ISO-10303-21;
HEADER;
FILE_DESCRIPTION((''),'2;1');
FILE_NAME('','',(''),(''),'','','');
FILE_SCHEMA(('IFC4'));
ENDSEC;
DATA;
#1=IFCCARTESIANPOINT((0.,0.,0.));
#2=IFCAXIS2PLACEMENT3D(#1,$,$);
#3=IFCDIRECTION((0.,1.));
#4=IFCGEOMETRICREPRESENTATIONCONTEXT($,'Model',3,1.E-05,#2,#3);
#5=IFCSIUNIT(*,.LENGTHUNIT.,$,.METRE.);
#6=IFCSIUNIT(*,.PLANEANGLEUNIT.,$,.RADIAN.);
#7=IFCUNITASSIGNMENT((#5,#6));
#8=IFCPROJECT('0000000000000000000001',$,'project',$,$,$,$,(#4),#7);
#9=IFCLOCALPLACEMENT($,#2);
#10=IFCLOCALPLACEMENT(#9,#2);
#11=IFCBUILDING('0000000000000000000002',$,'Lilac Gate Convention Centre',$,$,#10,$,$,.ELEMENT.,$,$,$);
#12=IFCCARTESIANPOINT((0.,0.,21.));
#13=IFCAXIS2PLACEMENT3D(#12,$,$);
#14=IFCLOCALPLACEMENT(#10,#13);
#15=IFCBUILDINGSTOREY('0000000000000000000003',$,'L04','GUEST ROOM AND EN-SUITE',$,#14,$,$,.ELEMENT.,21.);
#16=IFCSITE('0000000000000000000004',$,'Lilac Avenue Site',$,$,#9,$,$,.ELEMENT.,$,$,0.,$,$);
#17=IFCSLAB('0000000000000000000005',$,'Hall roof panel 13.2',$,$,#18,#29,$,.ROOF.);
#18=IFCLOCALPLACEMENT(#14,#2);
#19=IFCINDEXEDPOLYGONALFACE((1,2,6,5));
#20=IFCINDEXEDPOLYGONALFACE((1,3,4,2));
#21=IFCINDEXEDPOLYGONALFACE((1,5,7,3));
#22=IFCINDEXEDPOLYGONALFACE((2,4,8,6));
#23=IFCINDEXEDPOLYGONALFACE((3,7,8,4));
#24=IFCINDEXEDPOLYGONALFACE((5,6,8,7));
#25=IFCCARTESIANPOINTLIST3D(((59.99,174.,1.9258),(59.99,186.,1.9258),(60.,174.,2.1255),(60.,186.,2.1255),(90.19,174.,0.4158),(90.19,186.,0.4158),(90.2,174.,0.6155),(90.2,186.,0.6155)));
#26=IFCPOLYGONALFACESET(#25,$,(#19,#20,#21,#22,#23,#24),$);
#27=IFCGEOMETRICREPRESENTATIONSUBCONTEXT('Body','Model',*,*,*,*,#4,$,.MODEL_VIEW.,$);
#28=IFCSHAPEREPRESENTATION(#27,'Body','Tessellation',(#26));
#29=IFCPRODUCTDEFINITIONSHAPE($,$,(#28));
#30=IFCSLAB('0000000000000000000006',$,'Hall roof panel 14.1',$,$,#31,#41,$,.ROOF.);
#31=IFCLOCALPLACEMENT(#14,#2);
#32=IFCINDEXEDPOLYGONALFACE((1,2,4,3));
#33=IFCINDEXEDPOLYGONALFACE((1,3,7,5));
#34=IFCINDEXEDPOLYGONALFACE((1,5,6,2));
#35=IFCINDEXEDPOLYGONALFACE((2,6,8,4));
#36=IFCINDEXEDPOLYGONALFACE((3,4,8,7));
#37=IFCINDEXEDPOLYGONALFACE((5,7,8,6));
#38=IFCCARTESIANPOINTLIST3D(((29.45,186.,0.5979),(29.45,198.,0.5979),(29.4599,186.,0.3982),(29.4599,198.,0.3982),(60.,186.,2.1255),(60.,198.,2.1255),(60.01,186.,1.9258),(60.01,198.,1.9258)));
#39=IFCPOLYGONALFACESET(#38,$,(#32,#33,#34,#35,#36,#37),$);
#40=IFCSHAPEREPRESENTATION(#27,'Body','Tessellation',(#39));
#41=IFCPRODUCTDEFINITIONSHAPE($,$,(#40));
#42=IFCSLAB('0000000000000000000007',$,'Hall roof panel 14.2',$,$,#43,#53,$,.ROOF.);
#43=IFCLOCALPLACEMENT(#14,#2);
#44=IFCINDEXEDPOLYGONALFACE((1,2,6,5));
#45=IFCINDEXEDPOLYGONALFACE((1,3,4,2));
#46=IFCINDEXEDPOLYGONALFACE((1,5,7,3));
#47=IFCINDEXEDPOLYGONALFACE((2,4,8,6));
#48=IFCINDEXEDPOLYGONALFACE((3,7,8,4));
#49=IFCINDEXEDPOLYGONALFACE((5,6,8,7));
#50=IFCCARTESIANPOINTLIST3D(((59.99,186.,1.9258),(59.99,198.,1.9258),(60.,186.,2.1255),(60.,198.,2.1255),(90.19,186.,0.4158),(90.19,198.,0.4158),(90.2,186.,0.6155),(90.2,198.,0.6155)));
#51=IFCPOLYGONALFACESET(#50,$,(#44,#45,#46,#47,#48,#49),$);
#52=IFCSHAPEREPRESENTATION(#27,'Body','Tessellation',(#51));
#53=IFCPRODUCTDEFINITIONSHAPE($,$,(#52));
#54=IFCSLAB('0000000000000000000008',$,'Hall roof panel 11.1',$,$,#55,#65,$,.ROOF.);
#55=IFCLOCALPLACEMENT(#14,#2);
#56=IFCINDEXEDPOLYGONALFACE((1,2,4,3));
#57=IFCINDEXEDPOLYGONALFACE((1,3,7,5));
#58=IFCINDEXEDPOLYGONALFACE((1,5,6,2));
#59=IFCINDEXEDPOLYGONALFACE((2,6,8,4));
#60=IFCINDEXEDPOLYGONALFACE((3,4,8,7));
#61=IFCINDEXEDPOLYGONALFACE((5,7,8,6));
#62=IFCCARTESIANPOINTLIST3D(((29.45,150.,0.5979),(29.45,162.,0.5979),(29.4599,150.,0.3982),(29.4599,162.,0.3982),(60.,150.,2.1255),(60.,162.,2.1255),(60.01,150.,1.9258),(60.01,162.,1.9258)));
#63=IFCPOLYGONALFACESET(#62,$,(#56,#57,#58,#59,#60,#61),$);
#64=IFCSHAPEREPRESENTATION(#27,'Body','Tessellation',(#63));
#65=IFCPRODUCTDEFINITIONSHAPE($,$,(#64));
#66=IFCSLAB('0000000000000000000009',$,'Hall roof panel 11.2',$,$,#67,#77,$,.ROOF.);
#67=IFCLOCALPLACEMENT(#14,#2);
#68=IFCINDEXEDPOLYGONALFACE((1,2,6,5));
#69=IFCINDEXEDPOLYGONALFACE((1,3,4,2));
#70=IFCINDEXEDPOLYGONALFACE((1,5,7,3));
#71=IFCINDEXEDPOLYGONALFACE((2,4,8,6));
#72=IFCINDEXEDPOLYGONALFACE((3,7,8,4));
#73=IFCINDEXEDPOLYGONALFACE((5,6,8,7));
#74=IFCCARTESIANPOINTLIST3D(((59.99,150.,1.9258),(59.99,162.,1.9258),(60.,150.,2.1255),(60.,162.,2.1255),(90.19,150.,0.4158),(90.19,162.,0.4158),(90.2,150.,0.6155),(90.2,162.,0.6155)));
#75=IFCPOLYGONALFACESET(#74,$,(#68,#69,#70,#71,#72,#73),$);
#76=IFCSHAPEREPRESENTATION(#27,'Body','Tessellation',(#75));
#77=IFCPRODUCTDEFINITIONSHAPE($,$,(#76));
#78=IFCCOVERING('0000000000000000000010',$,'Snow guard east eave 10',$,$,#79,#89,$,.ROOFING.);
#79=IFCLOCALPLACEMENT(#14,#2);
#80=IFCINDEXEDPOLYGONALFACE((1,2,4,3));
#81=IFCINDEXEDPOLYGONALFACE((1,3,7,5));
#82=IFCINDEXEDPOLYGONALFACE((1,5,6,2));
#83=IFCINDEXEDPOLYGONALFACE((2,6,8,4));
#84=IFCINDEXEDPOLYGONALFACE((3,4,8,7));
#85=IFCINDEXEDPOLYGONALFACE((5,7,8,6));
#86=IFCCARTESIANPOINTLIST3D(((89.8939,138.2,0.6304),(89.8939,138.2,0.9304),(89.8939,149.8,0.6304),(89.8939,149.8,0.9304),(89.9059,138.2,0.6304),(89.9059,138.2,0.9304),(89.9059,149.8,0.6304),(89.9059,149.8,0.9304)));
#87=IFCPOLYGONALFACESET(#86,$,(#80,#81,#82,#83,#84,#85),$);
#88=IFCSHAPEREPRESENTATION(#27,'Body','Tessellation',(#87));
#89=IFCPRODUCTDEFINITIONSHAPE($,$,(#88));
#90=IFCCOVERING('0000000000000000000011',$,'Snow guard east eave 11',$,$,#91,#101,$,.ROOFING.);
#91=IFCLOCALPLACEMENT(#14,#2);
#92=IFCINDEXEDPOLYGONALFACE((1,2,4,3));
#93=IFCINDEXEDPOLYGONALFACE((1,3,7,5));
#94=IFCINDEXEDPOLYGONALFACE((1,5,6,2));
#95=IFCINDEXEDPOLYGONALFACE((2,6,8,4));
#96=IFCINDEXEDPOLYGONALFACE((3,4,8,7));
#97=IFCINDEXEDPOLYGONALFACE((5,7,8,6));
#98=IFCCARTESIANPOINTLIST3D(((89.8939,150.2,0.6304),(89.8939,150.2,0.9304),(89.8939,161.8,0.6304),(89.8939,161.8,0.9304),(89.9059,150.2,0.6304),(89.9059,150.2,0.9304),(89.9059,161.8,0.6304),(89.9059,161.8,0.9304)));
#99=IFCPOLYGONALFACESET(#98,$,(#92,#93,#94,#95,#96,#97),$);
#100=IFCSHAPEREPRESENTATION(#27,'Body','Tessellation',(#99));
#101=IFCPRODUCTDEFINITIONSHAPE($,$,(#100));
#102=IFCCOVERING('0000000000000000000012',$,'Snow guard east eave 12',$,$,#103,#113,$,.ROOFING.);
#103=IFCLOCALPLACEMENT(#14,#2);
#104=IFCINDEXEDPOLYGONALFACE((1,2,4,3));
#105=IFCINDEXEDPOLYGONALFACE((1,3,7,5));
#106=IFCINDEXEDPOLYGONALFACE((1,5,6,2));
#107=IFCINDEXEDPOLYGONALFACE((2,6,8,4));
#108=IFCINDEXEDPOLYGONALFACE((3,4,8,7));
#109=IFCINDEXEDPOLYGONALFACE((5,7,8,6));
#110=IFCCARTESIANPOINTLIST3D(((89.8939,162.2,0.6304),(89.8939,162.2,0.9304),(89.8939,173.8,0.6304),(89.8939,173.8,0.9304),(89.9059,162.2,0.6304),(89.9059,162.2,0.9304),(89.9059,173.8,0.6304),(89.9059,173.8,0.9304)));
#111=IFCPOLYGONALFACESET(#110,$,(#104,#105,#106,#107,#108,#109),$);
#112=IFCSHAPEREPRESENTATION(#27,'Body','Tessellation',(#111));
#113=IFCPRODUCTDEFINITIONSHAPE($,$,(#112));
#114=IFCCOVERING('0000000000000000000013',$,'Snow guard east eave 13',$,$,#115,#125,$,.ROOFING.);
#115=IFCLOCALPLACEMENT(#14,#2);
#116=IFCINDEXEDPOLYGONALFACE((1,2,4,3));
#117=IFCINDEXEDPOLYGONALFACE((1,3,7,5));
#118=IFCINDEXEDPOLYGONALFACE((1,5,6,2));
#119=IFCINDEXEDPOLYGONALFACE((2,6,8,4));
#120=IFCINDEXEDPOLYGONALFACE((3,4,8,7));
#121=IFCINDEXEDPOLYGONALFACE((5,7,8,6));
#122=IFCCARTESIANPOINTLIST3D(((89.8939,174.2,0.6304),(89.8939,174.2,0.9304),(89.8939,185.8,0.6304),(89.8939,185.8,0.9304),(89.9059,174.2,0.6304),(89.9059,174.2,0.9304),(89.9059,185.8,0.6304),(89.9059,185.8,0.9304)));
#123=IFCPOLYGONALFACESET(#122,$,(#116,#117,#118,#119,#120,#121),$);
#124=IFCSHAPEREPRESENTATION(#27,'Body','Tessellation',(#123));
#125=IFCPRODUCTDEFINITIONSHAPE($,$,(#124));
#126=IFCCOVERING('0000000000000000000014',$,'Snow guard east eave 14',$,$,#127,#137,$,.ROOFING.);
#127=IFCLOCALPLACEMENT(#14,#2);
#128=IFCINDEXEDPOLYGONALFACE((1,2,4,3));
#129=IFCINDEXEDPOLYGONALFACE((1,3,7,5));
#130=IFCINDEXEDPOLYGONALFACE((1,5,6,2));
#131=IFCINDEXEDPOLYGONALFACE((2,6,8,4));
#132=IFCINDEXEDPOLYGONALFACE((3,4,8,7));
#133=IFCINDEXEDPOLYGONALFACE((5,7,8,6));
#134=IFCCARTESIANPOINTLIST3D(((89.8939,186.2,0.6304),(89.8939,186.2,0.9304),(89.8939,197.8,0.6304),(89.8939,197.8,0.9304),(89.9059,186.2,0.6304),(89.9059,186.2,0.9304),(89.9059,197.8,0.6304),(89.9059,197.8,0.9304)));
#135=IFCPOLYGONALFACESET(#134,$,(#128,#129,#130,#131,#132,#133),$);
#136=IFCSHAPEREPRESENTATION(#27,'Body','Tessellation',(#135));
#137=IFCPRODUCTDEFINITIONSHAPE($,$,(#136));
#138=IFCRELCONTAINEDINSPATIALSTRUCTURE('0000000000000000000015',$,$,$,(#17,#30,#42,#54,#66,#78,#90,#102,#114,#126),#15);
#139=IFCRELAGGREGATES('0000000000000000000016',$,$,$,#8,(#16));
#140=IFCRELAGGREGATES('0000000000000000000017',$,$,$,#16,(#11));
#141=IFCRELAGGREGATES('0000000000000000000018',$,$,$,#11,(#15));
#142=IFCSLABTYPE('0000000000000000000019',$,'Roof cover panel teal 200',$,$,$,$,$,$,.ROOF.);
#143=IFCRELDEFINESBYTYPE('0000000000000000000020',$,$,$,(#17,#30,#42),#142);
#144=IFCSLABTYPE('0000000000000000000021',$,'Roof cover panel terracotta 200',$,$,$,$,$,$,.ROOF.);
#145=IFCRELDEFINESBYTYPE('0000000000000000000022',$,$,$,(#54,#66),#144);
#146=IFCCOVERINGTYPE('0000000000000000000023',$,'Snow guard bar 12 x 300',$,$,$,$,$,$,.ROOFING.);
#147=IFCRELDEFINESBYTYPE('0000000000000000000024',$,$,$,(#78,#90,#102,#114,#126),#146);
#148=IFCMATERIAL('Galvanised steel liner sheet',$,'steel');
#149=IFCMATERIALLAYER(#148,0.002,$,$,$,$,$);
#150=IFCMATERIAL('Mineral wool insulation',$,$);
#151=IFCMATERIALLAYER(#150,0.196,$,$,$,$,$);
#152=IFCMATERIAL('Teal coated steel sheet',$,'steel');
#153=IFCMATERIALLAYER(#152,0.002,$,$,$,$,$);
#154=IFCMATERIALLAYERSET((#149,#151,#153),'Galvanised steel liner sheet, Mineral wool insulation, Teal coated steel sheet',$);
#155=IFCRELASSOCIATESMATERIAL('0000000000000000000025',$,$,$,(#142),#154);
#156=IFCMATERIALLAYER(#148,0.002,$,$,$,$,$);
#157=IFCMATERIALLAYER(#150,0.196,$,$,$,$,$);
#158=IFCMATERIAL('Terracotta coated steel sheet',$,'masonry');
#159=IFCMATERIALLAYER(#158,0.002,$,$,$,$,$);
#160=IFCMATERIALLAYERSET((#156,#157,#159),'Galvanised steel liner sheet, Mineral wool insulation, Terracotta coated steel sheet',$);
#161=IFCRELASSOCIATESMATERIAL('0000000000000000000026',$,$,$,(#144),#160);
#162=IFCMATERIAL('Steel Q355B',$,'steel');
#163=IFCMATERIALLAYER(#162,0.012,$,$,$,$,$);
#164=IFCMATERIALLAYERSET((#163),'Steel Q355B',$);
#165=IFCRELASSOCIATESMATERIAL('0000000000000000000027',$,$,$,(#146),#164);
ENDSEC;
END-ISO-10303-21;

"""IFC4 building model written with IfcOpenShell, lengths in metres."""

from ifc_helpers import new_model, si_unit, direction, frame, origin, origin_2d, place, context, subcontext, project, spatial, polyline, rectangle, outline, extrude, material, layer, layer_set, type_object, element, save


model = new_model("IFC4")

# Units and contexts
model_context = context("Model", 3, precision=1e-05, world=origin(), true_north=direction((0.0, 1.0)))
body_context = subcontext(model_context, "Body", "Model", "MODEL_VIEW")
ifc_project = project(units=[si_unit("LENGTHUNIT", "METRE"), si_unit("PLANEANGLEUNIT", "RADIAN")], contexts=[model_context])

# Site, building, storey
site_placement = place(None, origin())
site = spatial("IfcSite", under=ifc_project, at=site_placement, Name="Lilac Avenue Site", CompositionType="ELEMENT", RefElevation=0.0)
building_placement = place(site_placement, origin())
building = spatial("IfcBuilding", under=site, at=building_placement, Name="Lilac Gate Convention Centre", CompositionType="ELEMENT")
storey_placement = place(building_placement, frame((0.0, 0.0, 21.0)))
storey = spatial("IfcBuildingStorey", under=building, at=storey_placement, Name="L04", Description="GUEST ROOM AND EN-SUITE", CompositionType="ELEMENT", Elevation=21.0)

# Slabs
ifc_material_1 = material(Name="Galvanised steel liner sheet", Category="steel")
ifc_layer_1 = layer(ifc_material_1, 0.002)
ifc_material_2 = material(Name="Mineral wool insulation")
ifc_layer_2 = layer(ifc_material_2, 0.196)
ifc_material_3 = material(Name="Teal coated steel sheet", Category="steel")
ifc_layer_3 = layer(ifc_material_3, 0.002)
ifc_layer_set_1 = layer_set([ifc_layer_1, ifc_layer_2, ifc_layer_3], Name="Galvanised steel liner sheet, Mineral wool insulation, Teal coated steel sheet")
slab_type_1 = type_object("IfcSlabType", Name="Roof cover panel teal 200", PredefinedType="ROOF", material=ifc_layer_set_1)
slab_1_placement = place(storey_placement, frame((60.0, 174.0, 2.1255), z_axis=(0.049938, 0.0, 0.998752), x_axis=(0.998752, 0.0, -0.049938)))
element("IfcSlab", 1, at=slab_1_placement, inside=storey, type_object=slab_type_1, Name="Hall roof panel 13.2", PredefinedType="ROOF", context=body_context, shape_type="SweptSolid", body=[
    extrude(outline(polyline([(0.0, 0.0), (30.2377, 0.0), (30.2377, 12.0), (0.0, 12.0), (0.0, 0.0)])), origin(), (0.0, 0.0, -1.0), 0.2),
])
slab_2_placement = place(storey_placement, frame((29.45, 186.0, 0.5979), z_axis=(-0.04994, 0.0, 0.998752), x_axis=(0.998752, 0.0, 0.04994)))
element("IfcSlab", 2, at=slab_2_placement, inside=storey, type_object=slab_type_1, Name="Hall roof panel 14.1", PredefinedType="ROOF", context=body_context, shape_type="SweptSolid", body=[
    extrude(outline(polyline([(0.0, 0.0), (30.5882, 0.0), (30.5882, 12.0), (0.0, 12.0), (0.0, 0.0)])), origin(), (0.0, 0.0, -1.0), 0.2),
])
slab_3_placement = place(storey_placement, frame((60.0, 186.0, 2.1255), z_axis=(0.049938, 0.0, 0.998752), x_axis=(0.998752, 0.0, -0.049938)))
element("IfcSlab", 3, at=slab_3_placement, inside=storey, type_object=slab_type_1, Name="Hall roof panel 14.2", PredefinedType="ROOF", context=body_context, shape_type="SweptSolid", body=[
    extrude(outline(polyline([(0.0, 0.0), (30.2377, 0.0), (30.2377, 12.0), (0.0, 12.0), (0.0, 0.0)])), origin(), (0.0, 0.0, -1.0), 0.2),
])
ifc_layer_4 = layer(ifc_material_1, 0.002)
ifc_layer_5 = layer(ifc_material_2, 0.196)
ifc_material_4 = material(Name="Terracotta coated steel sheet", Category="masonry")
ifc_layer_6 = layer(ifc_material_4, 0.002)
ifc_layer_set_2 = layer_set([ifc_layer_4, ifc_layer_5, ifc_layer_6], Name="Galvanised steel liner sheet, Mineral wool insulation, Terracotta coated steel sheet")
slab_type_2 = type_object("IfcSlabType", Name="Roof cover panel terracotta 200", PredefinedType="ROOF", material=ifc_layer_set_2)
slab_4_placement = place(storey_placement, frame((29.45, 150.0, 0.5979), z_axis=(-0.04994, 0.0, 0.998752), x_axis=(0.998752, 0.0, 0.04994)))
element("IfcSlab", 4, at=slab_4_placement, inside=storey, type_object=slab_type_2, Name="Hall roof panel 11.1", PredefinedType="ROOF", context=body_context, shape_type="SweptSolid", body=[
    extrude(outline(polyline([(0.0, 0.0), (30.5882, 0.0), (30.5882, 12.0), (0.0, 12.0), (0.0, 0.0)])), origin(), (0.0, 0.0, -1.0), 0.2),
])
slab_5_placement = place(storey_placement, frame((60.0, 150.0, 2.1255), z_axis=(0.049938, 0.0, 0.998752), x_axis=(0.998752, 0.0, -0.049938)))
element("IfcSlab", 5, at=slab_5_placement, inside=storey, type_object=slab_type_2, Name="Hall roof panel 11.2", PredefinedType="ROOF", context=body_context, shape_type="SweptSolid", body=[
    extrude(outline(polyline([(0.0, 0.0), (30.2377, 0.0), (30.2377, 12.0), (0.0, 12.0), (0.0, 0.0)])), origin(), (0.0, 0.0, -1.0), 0.2),
])

# Coverings
ifc_material_5 = material(Name="Steel Q355B", Category="steel")
ifc_layer_7 = layer(ifc_material_5, 0.012)
ifc_layer_set_3 = layer_set([ifc_layer_7], Name="Steel Q355B")
covering_type = type_object("IfcCoveringType", Name="Snow guard bar 12 x 300", PredefinedType="ROOFING", material=ifc_layer_set_3)
for number, where, z_axis, x_axis, name in (
    (6, (89.8999, 144.0, 0.6304), (0.0, 0.0, 1.0), (0.0, 1.0, 0.0), "Snow guard east eave 10"),
    (7, (89.8999, 156.0, 0.6304), (0.0, 0.0, 1.0), (0.0, 1.0, 0.0), "Snow guard east eave 11"),
    (8, (89.8999, 168.0, 0.6304), (0.0, 0.0, 1.0), (0.0, 1.0, 0.0), "Snow guard east eave 12"),
    (9, (89.8999, 180.0, 0.6304), (0.0, 0.0, 1.0), (0.0, 1.0, 0.0), "Snow guard east eave 13"),
    (10, (89.8999, 192.0, 0.6304), (0.0, 0.0, 1.0), (0.0, 1.0, 0.0), "Snow guard east eave 14"),
):
    element("IfcCovering", number, at=place(storey_placement, frame(where, z_axis=z_axis, x_axis=x_axis)), inside=storey, type_object=covering_type, Name=name, PredefinedType="ROOFING", context=body_context, shape_type="SweptSolid", body=[
        extrude(rectangle(XDim=11.6001, YDim=0.012, at=origin_2d()), origin(), (0.0, 0.0, 1.0), 0.3),
    ])

save(model, "model.ifc")
